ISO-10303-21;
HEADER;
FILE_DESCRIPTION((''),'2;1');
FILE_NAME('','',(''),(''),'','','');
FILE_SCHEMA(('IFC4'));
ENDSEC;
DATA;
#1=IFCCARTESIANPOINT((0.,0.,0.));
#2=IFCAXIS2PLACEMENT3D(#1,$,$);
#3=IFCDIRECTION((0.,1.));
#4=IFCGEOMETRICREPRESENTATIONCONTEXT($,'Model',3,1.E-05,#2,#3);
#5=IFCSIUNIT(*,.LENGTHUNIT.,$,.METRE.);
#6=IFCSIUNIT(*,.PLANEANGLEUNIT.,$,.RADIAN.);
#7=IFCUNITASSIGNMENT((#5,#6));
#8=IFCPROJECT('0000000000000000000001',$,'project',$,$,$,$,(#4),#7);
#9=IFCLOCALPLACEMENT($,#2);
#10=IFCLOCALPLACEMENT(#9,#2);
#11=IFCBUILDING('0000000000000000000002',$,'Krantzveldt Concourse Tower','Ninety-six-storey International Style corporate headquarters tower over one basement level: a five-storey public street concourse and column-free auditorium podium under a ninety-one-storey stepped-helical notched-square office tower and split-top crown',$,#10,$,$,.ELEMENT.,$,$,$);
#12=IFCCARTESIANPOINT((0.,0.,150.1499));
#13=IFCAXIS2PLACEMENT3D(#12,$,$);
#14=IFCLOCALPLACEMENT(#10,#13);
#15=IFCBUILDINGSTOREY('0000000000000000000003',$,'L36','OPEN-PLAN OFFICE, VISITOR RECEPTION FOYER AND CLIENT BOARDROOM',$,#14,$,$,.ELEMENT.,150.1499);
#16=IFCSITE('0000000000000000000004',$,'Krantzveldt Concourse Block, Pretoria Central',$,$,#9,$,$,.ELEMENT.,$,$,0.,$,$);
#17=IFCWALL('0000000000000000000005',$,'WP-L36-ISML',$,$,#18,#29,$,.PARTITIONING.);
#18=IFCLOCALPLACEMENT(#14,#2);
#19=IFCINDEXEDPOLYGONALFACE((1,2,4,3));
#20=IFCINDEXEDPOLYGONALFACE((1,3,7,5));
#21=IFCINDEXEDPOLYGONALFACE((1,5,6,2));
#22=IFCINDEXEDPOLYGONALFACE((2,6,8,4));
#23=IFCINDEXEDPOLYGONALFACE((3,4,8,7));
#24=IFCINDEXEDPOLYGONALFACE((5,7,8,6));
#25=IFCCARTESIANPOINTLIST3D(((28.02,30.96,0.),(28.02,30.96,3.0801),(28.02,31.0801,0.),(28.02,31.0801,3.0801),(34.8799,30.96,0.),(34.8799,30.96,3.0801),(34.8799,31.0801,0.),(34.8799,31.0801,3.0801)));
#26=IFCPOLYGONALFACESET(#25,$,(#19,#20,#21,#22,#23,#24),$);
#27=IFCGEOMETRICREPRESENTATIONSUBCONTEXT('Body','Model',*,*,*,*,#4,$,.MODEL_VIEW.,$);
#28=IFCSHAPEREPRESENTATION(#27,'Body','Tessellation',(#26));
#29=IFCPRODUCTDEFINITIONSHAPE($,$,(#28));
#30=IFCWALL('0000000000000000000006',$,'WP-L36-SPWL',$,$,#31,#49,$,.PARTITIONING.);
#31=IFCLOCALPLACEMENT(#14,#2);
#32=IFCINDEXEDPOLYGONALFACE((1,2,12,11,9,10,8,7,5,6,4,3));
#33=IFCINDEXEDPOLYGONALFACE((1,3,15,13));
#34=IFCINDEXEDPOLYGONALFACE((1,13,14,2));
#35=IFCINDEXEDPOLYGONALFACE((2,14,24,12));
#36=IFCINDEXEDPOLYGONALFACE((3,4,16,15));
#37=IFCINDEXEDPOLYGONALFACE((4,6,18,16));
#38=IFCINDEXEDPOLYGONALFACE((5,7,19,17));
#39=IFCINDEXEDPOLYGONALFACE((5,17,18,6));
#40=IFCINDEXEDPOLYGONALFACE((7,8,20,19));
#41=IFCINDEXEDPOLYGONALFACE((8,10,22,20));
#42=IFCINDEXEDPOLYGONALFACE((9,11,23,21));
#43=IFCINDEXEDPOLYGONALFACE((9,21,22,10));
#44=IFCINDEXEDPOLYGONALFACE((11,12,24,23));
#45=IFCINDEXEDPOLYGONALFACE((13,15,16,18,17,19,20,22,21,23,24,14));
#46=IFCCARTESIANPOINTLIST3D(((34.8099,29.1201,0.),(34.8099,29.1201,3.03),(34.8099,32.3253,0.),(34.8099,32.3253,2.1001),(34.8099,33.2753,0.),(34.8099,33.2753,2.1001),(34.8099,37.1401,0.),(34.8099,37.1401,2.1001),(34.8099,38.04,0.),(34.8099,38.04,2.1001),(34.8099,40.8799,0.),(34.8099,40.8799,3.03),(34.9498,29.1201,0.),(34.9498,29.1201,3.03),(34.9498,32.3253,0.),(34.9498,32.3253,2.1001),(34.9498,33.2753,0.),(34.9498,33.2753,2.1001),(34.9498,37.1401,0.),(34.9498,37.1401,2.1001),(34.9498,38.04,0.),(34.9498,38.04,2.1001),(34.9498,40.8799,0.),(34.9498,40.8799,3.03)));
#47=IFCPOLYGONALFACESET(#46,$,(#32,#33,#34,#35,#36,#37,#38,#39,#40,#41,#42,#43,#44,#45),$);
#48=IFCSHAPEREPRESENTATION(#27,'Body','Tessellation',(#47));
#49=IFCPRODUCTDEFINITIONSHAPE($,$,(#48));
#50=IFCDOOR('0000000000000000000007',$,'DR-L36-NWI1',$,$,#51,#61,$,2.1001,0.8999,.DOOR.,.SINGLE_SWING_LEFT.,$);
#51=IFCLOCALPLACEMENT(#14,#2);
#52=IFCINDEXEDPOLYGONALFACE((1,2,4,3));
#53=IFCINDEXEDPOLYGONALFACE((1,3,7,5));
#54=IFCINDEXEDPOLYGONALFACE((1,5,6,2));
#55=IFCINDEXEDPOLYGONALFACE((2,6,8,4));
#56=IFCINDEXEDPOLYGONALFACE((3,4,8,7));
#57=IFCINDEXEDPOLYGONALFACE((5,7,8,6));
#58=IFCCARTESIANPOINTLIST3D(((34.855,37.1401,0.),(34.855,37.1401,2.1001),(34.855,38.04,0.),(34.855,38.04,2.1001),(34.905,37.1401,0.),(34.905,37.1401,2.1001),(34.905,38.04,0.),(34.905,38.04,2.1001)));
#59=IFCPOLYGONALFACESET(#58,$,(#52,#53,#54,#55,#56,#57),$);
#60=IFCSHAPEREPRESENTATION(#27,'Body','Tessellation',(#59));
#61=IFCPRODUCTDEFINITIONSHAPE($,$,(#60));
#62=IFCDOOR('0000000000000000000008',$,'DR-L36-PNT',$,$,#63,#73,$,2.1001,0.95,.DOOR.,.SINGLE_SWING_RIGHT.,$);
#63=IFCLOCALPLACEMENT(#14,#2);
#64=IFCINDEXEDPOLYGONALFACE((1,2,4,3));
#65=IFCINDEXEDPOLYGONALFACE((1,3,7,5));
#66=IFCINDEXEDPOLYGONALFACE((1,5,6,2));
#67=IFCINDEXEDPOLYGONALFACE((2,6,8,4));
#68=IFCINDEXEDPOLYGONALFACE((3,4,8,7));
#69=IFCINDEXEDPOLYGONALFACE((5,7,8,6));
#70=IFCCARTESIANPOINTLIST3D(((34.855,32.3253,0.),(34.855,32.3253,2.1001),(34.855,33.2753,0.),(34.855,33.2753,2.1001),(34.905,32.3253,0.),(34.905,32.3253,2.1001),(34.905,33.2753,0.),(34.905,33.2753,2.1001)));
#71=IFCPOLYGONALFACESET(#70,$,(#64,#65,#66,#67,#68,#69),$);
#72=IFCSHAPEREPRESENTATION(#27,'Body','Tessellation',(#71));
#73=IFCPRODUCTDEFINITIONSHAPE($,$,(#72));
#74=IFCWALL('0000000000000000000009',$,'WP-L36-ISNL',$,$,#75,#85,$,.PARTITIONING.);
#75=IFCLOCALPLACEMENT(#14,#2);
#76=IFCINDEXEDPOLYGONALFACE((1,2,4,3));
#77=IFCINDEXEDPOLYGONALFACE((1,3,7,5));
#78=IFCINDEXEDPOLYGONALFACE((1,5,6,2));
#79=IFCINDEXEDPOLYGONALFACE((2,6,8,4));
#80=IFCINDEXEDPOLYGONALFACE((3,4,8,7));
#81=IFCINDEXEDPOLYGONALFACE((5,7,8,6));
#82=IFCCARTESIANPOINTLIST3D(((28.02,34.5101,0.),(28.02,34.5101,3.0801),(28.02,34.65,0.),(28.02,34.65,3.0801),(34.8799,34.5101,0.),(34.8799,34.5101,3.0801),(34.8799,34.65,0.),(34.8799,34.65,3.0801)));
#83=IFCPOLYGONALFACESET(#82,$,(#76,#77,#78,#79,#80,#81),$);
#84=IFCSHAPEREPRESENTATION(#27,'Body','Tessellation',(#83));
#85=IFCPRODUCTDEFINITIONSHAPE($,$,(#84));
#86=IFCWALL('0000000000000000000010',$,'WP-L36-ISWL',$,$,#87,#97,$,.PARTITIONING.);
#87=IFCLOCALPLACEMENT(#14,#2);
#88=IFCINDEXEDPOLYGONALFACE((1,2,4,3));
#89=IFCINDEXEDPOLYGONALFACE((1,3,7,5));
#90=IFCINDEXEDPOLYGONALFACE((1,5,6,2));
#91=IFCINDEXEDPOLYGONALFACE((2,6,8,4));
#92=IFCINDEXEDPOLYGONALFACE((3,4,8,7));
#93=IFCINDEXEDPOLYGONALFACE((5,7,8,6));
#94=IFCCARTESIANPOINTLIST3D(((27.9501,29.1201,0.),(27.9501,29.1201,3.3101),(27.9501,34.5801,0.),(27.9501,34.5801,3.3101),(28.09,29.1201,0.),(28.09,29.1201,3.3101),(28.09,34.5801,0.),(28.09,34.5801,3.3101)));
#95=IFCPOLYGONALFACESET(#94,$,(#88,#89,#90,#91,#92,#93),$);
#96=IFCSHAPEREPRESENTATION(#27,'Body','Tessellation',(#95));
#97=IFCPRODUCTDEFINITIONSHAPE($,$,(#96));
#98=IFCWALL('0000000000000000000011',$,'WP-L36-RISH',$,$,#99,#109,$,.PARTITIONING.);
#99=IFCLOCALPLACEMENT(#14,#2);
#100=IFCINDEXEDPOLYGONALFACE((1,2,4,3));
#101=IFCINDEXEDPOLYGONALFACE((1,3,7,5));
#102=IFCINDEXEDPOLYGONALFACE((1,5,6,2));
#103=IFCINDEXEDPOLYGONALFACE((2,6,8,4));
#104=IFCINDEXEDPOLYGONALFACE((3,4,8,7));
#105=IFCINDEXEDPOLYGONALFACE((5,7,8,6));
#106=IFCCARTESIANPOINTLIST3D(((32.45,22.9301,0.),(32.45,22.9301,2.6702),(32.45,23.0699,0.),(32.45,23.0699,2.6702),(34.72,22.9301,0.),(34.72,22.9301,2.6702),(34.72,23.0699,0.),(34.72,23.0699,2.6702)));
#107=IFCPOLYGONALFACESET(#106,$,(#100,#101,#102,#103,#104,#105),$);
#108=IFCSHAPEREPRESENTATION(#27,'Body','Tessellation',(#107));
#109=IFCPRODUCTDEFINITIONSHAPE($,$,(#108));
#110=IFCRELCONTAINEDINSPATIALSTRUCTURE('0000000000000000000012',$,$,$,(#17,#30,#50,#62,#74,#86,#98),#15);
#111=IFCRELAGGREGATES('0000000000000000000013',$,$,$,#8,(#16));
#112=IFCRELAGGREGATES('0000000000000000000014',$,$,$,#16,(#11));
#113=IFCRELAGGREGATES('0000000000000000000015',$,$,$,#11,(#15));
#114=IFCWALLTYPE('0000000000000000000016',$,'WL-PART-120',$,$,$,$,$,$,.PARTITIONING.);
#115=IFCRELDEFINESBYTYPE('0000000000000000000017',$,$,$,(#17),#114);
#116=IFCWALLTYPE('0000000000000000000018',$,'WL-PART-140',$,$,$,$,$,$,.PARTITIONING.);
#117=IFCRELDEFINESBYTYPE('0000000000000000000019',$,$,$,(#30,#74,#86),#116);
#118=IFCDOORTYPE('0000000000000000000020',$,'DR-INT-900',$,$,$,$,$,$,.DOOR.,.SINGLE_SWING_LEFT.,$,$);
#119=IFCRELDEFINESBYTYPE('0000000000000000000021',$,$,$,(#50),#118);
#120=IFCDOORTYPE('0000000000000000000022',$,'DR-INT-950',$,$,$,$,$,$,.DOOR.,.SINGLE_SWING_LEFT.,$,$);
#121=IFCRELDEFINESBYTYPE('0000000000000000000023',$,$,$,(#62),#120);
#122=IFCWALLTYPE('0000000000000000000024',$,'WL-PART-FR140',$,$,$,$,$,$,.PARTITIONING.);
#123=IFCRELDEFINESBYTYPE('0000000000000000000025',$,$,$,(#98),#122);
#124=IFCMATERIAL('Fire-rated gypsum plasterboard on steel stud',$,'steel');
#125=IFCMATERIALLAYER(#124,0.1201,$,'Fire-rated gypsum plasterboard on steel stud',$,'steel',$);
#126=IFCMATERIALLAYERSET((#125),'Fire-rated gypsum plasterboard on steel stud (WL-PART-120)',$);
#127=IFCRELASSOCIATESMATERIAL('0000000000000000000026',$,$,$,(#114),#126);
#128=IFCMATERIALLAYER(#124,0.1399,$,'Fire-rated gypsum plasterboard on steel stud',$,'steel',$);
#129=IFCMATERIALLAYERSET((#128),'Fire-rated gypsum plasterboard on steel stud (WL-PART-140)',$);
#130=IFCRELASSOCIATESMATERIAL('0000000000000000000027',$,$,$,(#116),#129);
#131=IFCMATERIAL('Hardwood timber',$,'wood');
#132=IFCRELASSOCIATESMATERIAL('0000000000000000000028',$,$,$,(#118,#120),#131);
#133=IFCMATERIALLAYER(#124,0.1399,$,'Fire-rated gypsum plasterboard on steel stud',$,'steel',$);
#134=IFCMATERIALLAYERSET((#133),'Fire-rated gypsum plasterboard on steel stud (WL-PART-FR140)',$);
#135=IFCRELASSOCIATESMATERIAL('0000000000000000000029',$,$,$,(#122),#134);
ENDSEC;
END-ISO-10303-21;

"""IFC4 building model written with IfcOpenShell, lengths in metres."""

from ifc_helpers import new_model, si_unit, direction, frame, frame_2d, origin, place, context, subcontext, project, spatial, rectangle, extrude, material, layer, layer_set, type_object, element, fill, save


model = new_model("IFC4")

# Units and contexts
model_context = context("Model", 3, precision=1e-05, world=origin(), true_north=direction((0.0, 1.0)))
body_context = subcontext(model_context, "Body", "Model", "MODEL_VIEW")
ifc_project = project(units=[si_unit("LENGTHUNIT", "METRE"), si_unit("PLANEANGLEUNIT", "RADIAN")], contexts=[model_context])

# Site, building, storey
site_placement = place(None, origin())
site = spatial("IfcSite", under=ifc_project, at=site_placement, Name="Krantzveldt Concourse Block, Pretoria Central", CompositionType="ELEMENT", RefElevation=0.0)
building_placement = place(site_placement, origin())
building = spatial("IfcBuilding", under=site, at=building_placement, Name="Krantzveldt Concourse Tower", Description="Ninety-six-storey International Style corporate headquarters tower over one basement level: a five-storey public street concourse and column-free auditorium podium under a ninety-one-storey stepped-helical notched-square office tower and split-top crown", CompositionType="ELEMENT")
storey_placement = place(building_placement, frame((0.0, 0.0, 150.1499)))
storey = spatial("IfcBuildingStorey", under=building, at=storey_placement, Name="L36", Description="OPEN-PLAN OFFICE, VISITOR RECEPTION FOYER AND CLIENT BOARDROOM", CompositionType="ELEMENT", Elevation=150.1499)

# Wall
ifc_material_1 = material(Name="Fire-rated gypsum plasterboard on steel stud", Category="steel")
ifc_layer_1 = layer(ifc_material_1, 0.1201, Name="Fire-rated gypsum plasterboard on steel stud", Category="steel")
ifc_layer_set_1 = layer_set([ifc_layer_1], Name="Fire-rated gypsum plasterboard on steel stud (WL-PART-120)")
wall_type_1 = type_object("IfcWallType", Name="WL-PART-120", PredefinedType="PARTITIONING", material=ifc_layer_set_1)
wall_1_placement = place(storey_placement, frame((28.02, 31.02, 0.0), z_axis=(0.0, 0.0, 1.0), x_axis=(1.0, 0.0, 0.0)))
element("IfcWall", 1, at=wall_1_placement, inside=storey, type_object=wall_type_1, Name="WP-L36-ISML", PredefinedType="PARTITIONING", context=body_context, shape_type="SweptSolid", body=[
    extrude(rectangle(XDim=6.8599, YDim=0.1201, at=frame_2d((3.4299, 0.0))), origin(), (0.0, 0.0, 1.0), 3.0801),
])

# Wall, openings, doors
ifc_layer_2 = layer(ifc_material_1, 0.1399, Name="Fire-rated gypsum plasterboard on steel stud", Category="steel")
ifc_layer_set_2 = layer_set([ifc_layer_2], Name="Fire-rated gypsum plasterboard on steel stud (WL-PART-140)")
wall_type_2 = type_object("IfcWallType", Name="WL-PART-140", PredefinedType="PARTITIONING", material=ifc_layer_set_2)
wall_2_placement = place(storey_placement, frame((34.8799, 29.1201, 0.0), z_axis=(0.0, 0.0, 1.0), x_axis=(0.0, 1.0, 0.0)))
wall_2 = element("IfcWall", 2, at=wall_2_placement, inside=storey, type_object=wall_type_2, Name="WP-L36-SPWL", PredefinedType="PARTITIONING", context=body_context, shape_type="SweptSolid", body=[
    extrude(rectangle(XDim=11.7598, YDim=0.1399, at=frame_2d((5.8799, 0.0))), origin(), (0.0, 0.0, 1.0), 3.03),
])
opening_1_placement = place(wall_2_placement, frame((3.2051, 0.0, 0.0)))
opening_1 = element("IfcOpeningElement", 3, at=opening_1_placement, cuts=wall_2, PredefinedType="OPENING", context=body_context, shape_type="SweptSolid", body=[
    extrude(rectangle(XDim=0.95, YDim=2.1001, at=frame_2d((0.4751, 1.05))), frame((0.0, 0.0801, 0.0), z_axis=(0.0, -1.0, 0.0), x_axis=(1.0, 0.0, 0.0)), (0.0, 0.0, 1.0), 0.1599),
])
opening_2_placement = place(wall_2_placement, frame((8.02, 0.0, 0.0)))
opening_2 = element("IfcOpeningElement", 4, at=opening_2_placement, cuts=wall_2, PredefinedType="OPENING", context=body_context, shape_type="SweptSolid", body=[
    extrude(rectangle(XDim=0.8999, YDim=2.1001, at=frame_2d((0.45, 1.05))), frame((0.0, 0.0801, 0.0), z_axis=(0.0, -1.0, 0.0), x_axis=(1.0, 0.0, 0.0)), (0.0, 0.0, 1.0), 0.1599),
])
ifc_material_2 = material(Name="Hardwood timber", Category="wood")
door_type_1 = type_object("IfcDoorType", Name="DR-INT-900", OperationType="SINGLE_SWING_LEFT", PredefinedType="DOOR", material=ifc_material_2)
door_1_placement = place(opening_2_placement, origin())
door_1 = element("IfcDoor", 5, at=door_1_placement, inside=storey, type_object=door_type_1, Name="DR-L36-NWI1", OperationType="SINGLE_SWING_LEFT", OverallHeight=2.1001, OverallWidth=0.8999, PredefinedType="DOOR", context=body_context, shape_type="SweptSolid", body=[
    extrude(rectangle(XDim=0.8999, YDim=2.1001, at=frame_2d((0.45, 1.05))), frame((0.0, 0.0249, 0.0), z_axis=(0.0, -1.0, 0.0), x_axis=(1.0, 0.0, 0.0)), (0.0, 0.0, 1.0), 0.05),
])
fill(opening_2, door_1)
door_type_2 = type_object("IfcDoorType", Name="DR-INT-950", OperationType="SINGLE_SWING_LEFT", PredefinedType="DOOR", material=ifc_material_2)
door_2_placement = place(opening_1_placement, origin())
door_2 = element("IfcDoor", 6, at=door_2_placement, inside=storey, type_object=door_type_2, Name="DR-L36-PNT", OperationType="SINGLE_SWING_RIGHT", OverallHeight=2.1001, OverallWidth=0.95, PredefinedType="DOOR", context=body_context, shape_type="SweptSolid", body=[
    extrude(rectangle(XDim=0.95, YDim=2.1001, at=frame_2d((0.4751, 1.05))), frame((0.0, 0.0249, 0.0), z_axis=(0.0, -1.0, 0.0), x_axis=(1.0, 0.0, 0.0)), (0.0, 0.0, 1.0), 0.05),
])
fill(opening_1, door_2)

# Walls
wall_3_placement = place(storey_placement, frame((28.02, 34.5801, 0.0), z_axis=(0.0, 0.0, 1.0), x_axis=(1.0, 0.0, 0.0)))
element("IfcWall", 7, at=wall_3_placement, inside=storey, type_object=wall_type_2, Name="WP-L36-ISNL", PredefinedType="PARTITIONING", context=body_context, shape_type="SweptSolid", body=[
    extrude(rectangle(XDim=6.8599, YDim=0.1399, at=frame_2d((3.4299, 0.0))), origin(), (0.0, 0.0, 1.0), 3.0801),
])
wall_4_placement = place(storey_placement, frame((28.02, 29.1201, 0.0), z_axis=(0.0, 0.0, 1.0), x_axis=(0.0, 1.0, 0.0)))
element("IfcWall", 8, at=wall_4_placement, inside=storey, type_object=wall_type_2, Name="WP-L36-ISWL", PredefinedType="PARTITIONING", context=body_context, shape_type="SweptSolid", body=[
    extrude(rectangle(XDim=5.46, YDim=0.1399, at=frame_2d((2.73, 0.0))), origin(), (0.0, 0.0, 1.0), 3.3101),
])
ifc_layer_3 = layer(ifc_material_1, 0.1399, Name="Fire-rated gypsum plasterboard on steel stud", Category="steel")
ifc_layer_set_3 = layer_set([ifc_layer_3], Name="Fire-rated gypsum plasterboard on steel stud (WL-PART-FR140)")
wall_type_3 = type_object("IfcWallType", Name="WL-PART-FR140", PredefinedType="PARTITIONING", material=ifc_layer_set_3)
wall_5_placement = place(storey_placement, frame((32.45, 23.0, 0.0), z_axis=(0.0, 0.0, 1.0), x_axis=(1.0, 0.0, 0.0)))
element("IfcWall", 9, at=wall_5_placement, inside=storey, type_object=wall_type_3, Name="WP-L36-RISH", PredefinedType="PARTITIONING", context=body_context, shape_type="SweptSolid", body=[
    extrude(rectangle(XDim=2.27, YDim=0.1399, at=frame_2d((1.135, 0.0))), origin(), (0.0, 0.0, 1.0), 2.6702),
])

save(model, "model.ifc")
